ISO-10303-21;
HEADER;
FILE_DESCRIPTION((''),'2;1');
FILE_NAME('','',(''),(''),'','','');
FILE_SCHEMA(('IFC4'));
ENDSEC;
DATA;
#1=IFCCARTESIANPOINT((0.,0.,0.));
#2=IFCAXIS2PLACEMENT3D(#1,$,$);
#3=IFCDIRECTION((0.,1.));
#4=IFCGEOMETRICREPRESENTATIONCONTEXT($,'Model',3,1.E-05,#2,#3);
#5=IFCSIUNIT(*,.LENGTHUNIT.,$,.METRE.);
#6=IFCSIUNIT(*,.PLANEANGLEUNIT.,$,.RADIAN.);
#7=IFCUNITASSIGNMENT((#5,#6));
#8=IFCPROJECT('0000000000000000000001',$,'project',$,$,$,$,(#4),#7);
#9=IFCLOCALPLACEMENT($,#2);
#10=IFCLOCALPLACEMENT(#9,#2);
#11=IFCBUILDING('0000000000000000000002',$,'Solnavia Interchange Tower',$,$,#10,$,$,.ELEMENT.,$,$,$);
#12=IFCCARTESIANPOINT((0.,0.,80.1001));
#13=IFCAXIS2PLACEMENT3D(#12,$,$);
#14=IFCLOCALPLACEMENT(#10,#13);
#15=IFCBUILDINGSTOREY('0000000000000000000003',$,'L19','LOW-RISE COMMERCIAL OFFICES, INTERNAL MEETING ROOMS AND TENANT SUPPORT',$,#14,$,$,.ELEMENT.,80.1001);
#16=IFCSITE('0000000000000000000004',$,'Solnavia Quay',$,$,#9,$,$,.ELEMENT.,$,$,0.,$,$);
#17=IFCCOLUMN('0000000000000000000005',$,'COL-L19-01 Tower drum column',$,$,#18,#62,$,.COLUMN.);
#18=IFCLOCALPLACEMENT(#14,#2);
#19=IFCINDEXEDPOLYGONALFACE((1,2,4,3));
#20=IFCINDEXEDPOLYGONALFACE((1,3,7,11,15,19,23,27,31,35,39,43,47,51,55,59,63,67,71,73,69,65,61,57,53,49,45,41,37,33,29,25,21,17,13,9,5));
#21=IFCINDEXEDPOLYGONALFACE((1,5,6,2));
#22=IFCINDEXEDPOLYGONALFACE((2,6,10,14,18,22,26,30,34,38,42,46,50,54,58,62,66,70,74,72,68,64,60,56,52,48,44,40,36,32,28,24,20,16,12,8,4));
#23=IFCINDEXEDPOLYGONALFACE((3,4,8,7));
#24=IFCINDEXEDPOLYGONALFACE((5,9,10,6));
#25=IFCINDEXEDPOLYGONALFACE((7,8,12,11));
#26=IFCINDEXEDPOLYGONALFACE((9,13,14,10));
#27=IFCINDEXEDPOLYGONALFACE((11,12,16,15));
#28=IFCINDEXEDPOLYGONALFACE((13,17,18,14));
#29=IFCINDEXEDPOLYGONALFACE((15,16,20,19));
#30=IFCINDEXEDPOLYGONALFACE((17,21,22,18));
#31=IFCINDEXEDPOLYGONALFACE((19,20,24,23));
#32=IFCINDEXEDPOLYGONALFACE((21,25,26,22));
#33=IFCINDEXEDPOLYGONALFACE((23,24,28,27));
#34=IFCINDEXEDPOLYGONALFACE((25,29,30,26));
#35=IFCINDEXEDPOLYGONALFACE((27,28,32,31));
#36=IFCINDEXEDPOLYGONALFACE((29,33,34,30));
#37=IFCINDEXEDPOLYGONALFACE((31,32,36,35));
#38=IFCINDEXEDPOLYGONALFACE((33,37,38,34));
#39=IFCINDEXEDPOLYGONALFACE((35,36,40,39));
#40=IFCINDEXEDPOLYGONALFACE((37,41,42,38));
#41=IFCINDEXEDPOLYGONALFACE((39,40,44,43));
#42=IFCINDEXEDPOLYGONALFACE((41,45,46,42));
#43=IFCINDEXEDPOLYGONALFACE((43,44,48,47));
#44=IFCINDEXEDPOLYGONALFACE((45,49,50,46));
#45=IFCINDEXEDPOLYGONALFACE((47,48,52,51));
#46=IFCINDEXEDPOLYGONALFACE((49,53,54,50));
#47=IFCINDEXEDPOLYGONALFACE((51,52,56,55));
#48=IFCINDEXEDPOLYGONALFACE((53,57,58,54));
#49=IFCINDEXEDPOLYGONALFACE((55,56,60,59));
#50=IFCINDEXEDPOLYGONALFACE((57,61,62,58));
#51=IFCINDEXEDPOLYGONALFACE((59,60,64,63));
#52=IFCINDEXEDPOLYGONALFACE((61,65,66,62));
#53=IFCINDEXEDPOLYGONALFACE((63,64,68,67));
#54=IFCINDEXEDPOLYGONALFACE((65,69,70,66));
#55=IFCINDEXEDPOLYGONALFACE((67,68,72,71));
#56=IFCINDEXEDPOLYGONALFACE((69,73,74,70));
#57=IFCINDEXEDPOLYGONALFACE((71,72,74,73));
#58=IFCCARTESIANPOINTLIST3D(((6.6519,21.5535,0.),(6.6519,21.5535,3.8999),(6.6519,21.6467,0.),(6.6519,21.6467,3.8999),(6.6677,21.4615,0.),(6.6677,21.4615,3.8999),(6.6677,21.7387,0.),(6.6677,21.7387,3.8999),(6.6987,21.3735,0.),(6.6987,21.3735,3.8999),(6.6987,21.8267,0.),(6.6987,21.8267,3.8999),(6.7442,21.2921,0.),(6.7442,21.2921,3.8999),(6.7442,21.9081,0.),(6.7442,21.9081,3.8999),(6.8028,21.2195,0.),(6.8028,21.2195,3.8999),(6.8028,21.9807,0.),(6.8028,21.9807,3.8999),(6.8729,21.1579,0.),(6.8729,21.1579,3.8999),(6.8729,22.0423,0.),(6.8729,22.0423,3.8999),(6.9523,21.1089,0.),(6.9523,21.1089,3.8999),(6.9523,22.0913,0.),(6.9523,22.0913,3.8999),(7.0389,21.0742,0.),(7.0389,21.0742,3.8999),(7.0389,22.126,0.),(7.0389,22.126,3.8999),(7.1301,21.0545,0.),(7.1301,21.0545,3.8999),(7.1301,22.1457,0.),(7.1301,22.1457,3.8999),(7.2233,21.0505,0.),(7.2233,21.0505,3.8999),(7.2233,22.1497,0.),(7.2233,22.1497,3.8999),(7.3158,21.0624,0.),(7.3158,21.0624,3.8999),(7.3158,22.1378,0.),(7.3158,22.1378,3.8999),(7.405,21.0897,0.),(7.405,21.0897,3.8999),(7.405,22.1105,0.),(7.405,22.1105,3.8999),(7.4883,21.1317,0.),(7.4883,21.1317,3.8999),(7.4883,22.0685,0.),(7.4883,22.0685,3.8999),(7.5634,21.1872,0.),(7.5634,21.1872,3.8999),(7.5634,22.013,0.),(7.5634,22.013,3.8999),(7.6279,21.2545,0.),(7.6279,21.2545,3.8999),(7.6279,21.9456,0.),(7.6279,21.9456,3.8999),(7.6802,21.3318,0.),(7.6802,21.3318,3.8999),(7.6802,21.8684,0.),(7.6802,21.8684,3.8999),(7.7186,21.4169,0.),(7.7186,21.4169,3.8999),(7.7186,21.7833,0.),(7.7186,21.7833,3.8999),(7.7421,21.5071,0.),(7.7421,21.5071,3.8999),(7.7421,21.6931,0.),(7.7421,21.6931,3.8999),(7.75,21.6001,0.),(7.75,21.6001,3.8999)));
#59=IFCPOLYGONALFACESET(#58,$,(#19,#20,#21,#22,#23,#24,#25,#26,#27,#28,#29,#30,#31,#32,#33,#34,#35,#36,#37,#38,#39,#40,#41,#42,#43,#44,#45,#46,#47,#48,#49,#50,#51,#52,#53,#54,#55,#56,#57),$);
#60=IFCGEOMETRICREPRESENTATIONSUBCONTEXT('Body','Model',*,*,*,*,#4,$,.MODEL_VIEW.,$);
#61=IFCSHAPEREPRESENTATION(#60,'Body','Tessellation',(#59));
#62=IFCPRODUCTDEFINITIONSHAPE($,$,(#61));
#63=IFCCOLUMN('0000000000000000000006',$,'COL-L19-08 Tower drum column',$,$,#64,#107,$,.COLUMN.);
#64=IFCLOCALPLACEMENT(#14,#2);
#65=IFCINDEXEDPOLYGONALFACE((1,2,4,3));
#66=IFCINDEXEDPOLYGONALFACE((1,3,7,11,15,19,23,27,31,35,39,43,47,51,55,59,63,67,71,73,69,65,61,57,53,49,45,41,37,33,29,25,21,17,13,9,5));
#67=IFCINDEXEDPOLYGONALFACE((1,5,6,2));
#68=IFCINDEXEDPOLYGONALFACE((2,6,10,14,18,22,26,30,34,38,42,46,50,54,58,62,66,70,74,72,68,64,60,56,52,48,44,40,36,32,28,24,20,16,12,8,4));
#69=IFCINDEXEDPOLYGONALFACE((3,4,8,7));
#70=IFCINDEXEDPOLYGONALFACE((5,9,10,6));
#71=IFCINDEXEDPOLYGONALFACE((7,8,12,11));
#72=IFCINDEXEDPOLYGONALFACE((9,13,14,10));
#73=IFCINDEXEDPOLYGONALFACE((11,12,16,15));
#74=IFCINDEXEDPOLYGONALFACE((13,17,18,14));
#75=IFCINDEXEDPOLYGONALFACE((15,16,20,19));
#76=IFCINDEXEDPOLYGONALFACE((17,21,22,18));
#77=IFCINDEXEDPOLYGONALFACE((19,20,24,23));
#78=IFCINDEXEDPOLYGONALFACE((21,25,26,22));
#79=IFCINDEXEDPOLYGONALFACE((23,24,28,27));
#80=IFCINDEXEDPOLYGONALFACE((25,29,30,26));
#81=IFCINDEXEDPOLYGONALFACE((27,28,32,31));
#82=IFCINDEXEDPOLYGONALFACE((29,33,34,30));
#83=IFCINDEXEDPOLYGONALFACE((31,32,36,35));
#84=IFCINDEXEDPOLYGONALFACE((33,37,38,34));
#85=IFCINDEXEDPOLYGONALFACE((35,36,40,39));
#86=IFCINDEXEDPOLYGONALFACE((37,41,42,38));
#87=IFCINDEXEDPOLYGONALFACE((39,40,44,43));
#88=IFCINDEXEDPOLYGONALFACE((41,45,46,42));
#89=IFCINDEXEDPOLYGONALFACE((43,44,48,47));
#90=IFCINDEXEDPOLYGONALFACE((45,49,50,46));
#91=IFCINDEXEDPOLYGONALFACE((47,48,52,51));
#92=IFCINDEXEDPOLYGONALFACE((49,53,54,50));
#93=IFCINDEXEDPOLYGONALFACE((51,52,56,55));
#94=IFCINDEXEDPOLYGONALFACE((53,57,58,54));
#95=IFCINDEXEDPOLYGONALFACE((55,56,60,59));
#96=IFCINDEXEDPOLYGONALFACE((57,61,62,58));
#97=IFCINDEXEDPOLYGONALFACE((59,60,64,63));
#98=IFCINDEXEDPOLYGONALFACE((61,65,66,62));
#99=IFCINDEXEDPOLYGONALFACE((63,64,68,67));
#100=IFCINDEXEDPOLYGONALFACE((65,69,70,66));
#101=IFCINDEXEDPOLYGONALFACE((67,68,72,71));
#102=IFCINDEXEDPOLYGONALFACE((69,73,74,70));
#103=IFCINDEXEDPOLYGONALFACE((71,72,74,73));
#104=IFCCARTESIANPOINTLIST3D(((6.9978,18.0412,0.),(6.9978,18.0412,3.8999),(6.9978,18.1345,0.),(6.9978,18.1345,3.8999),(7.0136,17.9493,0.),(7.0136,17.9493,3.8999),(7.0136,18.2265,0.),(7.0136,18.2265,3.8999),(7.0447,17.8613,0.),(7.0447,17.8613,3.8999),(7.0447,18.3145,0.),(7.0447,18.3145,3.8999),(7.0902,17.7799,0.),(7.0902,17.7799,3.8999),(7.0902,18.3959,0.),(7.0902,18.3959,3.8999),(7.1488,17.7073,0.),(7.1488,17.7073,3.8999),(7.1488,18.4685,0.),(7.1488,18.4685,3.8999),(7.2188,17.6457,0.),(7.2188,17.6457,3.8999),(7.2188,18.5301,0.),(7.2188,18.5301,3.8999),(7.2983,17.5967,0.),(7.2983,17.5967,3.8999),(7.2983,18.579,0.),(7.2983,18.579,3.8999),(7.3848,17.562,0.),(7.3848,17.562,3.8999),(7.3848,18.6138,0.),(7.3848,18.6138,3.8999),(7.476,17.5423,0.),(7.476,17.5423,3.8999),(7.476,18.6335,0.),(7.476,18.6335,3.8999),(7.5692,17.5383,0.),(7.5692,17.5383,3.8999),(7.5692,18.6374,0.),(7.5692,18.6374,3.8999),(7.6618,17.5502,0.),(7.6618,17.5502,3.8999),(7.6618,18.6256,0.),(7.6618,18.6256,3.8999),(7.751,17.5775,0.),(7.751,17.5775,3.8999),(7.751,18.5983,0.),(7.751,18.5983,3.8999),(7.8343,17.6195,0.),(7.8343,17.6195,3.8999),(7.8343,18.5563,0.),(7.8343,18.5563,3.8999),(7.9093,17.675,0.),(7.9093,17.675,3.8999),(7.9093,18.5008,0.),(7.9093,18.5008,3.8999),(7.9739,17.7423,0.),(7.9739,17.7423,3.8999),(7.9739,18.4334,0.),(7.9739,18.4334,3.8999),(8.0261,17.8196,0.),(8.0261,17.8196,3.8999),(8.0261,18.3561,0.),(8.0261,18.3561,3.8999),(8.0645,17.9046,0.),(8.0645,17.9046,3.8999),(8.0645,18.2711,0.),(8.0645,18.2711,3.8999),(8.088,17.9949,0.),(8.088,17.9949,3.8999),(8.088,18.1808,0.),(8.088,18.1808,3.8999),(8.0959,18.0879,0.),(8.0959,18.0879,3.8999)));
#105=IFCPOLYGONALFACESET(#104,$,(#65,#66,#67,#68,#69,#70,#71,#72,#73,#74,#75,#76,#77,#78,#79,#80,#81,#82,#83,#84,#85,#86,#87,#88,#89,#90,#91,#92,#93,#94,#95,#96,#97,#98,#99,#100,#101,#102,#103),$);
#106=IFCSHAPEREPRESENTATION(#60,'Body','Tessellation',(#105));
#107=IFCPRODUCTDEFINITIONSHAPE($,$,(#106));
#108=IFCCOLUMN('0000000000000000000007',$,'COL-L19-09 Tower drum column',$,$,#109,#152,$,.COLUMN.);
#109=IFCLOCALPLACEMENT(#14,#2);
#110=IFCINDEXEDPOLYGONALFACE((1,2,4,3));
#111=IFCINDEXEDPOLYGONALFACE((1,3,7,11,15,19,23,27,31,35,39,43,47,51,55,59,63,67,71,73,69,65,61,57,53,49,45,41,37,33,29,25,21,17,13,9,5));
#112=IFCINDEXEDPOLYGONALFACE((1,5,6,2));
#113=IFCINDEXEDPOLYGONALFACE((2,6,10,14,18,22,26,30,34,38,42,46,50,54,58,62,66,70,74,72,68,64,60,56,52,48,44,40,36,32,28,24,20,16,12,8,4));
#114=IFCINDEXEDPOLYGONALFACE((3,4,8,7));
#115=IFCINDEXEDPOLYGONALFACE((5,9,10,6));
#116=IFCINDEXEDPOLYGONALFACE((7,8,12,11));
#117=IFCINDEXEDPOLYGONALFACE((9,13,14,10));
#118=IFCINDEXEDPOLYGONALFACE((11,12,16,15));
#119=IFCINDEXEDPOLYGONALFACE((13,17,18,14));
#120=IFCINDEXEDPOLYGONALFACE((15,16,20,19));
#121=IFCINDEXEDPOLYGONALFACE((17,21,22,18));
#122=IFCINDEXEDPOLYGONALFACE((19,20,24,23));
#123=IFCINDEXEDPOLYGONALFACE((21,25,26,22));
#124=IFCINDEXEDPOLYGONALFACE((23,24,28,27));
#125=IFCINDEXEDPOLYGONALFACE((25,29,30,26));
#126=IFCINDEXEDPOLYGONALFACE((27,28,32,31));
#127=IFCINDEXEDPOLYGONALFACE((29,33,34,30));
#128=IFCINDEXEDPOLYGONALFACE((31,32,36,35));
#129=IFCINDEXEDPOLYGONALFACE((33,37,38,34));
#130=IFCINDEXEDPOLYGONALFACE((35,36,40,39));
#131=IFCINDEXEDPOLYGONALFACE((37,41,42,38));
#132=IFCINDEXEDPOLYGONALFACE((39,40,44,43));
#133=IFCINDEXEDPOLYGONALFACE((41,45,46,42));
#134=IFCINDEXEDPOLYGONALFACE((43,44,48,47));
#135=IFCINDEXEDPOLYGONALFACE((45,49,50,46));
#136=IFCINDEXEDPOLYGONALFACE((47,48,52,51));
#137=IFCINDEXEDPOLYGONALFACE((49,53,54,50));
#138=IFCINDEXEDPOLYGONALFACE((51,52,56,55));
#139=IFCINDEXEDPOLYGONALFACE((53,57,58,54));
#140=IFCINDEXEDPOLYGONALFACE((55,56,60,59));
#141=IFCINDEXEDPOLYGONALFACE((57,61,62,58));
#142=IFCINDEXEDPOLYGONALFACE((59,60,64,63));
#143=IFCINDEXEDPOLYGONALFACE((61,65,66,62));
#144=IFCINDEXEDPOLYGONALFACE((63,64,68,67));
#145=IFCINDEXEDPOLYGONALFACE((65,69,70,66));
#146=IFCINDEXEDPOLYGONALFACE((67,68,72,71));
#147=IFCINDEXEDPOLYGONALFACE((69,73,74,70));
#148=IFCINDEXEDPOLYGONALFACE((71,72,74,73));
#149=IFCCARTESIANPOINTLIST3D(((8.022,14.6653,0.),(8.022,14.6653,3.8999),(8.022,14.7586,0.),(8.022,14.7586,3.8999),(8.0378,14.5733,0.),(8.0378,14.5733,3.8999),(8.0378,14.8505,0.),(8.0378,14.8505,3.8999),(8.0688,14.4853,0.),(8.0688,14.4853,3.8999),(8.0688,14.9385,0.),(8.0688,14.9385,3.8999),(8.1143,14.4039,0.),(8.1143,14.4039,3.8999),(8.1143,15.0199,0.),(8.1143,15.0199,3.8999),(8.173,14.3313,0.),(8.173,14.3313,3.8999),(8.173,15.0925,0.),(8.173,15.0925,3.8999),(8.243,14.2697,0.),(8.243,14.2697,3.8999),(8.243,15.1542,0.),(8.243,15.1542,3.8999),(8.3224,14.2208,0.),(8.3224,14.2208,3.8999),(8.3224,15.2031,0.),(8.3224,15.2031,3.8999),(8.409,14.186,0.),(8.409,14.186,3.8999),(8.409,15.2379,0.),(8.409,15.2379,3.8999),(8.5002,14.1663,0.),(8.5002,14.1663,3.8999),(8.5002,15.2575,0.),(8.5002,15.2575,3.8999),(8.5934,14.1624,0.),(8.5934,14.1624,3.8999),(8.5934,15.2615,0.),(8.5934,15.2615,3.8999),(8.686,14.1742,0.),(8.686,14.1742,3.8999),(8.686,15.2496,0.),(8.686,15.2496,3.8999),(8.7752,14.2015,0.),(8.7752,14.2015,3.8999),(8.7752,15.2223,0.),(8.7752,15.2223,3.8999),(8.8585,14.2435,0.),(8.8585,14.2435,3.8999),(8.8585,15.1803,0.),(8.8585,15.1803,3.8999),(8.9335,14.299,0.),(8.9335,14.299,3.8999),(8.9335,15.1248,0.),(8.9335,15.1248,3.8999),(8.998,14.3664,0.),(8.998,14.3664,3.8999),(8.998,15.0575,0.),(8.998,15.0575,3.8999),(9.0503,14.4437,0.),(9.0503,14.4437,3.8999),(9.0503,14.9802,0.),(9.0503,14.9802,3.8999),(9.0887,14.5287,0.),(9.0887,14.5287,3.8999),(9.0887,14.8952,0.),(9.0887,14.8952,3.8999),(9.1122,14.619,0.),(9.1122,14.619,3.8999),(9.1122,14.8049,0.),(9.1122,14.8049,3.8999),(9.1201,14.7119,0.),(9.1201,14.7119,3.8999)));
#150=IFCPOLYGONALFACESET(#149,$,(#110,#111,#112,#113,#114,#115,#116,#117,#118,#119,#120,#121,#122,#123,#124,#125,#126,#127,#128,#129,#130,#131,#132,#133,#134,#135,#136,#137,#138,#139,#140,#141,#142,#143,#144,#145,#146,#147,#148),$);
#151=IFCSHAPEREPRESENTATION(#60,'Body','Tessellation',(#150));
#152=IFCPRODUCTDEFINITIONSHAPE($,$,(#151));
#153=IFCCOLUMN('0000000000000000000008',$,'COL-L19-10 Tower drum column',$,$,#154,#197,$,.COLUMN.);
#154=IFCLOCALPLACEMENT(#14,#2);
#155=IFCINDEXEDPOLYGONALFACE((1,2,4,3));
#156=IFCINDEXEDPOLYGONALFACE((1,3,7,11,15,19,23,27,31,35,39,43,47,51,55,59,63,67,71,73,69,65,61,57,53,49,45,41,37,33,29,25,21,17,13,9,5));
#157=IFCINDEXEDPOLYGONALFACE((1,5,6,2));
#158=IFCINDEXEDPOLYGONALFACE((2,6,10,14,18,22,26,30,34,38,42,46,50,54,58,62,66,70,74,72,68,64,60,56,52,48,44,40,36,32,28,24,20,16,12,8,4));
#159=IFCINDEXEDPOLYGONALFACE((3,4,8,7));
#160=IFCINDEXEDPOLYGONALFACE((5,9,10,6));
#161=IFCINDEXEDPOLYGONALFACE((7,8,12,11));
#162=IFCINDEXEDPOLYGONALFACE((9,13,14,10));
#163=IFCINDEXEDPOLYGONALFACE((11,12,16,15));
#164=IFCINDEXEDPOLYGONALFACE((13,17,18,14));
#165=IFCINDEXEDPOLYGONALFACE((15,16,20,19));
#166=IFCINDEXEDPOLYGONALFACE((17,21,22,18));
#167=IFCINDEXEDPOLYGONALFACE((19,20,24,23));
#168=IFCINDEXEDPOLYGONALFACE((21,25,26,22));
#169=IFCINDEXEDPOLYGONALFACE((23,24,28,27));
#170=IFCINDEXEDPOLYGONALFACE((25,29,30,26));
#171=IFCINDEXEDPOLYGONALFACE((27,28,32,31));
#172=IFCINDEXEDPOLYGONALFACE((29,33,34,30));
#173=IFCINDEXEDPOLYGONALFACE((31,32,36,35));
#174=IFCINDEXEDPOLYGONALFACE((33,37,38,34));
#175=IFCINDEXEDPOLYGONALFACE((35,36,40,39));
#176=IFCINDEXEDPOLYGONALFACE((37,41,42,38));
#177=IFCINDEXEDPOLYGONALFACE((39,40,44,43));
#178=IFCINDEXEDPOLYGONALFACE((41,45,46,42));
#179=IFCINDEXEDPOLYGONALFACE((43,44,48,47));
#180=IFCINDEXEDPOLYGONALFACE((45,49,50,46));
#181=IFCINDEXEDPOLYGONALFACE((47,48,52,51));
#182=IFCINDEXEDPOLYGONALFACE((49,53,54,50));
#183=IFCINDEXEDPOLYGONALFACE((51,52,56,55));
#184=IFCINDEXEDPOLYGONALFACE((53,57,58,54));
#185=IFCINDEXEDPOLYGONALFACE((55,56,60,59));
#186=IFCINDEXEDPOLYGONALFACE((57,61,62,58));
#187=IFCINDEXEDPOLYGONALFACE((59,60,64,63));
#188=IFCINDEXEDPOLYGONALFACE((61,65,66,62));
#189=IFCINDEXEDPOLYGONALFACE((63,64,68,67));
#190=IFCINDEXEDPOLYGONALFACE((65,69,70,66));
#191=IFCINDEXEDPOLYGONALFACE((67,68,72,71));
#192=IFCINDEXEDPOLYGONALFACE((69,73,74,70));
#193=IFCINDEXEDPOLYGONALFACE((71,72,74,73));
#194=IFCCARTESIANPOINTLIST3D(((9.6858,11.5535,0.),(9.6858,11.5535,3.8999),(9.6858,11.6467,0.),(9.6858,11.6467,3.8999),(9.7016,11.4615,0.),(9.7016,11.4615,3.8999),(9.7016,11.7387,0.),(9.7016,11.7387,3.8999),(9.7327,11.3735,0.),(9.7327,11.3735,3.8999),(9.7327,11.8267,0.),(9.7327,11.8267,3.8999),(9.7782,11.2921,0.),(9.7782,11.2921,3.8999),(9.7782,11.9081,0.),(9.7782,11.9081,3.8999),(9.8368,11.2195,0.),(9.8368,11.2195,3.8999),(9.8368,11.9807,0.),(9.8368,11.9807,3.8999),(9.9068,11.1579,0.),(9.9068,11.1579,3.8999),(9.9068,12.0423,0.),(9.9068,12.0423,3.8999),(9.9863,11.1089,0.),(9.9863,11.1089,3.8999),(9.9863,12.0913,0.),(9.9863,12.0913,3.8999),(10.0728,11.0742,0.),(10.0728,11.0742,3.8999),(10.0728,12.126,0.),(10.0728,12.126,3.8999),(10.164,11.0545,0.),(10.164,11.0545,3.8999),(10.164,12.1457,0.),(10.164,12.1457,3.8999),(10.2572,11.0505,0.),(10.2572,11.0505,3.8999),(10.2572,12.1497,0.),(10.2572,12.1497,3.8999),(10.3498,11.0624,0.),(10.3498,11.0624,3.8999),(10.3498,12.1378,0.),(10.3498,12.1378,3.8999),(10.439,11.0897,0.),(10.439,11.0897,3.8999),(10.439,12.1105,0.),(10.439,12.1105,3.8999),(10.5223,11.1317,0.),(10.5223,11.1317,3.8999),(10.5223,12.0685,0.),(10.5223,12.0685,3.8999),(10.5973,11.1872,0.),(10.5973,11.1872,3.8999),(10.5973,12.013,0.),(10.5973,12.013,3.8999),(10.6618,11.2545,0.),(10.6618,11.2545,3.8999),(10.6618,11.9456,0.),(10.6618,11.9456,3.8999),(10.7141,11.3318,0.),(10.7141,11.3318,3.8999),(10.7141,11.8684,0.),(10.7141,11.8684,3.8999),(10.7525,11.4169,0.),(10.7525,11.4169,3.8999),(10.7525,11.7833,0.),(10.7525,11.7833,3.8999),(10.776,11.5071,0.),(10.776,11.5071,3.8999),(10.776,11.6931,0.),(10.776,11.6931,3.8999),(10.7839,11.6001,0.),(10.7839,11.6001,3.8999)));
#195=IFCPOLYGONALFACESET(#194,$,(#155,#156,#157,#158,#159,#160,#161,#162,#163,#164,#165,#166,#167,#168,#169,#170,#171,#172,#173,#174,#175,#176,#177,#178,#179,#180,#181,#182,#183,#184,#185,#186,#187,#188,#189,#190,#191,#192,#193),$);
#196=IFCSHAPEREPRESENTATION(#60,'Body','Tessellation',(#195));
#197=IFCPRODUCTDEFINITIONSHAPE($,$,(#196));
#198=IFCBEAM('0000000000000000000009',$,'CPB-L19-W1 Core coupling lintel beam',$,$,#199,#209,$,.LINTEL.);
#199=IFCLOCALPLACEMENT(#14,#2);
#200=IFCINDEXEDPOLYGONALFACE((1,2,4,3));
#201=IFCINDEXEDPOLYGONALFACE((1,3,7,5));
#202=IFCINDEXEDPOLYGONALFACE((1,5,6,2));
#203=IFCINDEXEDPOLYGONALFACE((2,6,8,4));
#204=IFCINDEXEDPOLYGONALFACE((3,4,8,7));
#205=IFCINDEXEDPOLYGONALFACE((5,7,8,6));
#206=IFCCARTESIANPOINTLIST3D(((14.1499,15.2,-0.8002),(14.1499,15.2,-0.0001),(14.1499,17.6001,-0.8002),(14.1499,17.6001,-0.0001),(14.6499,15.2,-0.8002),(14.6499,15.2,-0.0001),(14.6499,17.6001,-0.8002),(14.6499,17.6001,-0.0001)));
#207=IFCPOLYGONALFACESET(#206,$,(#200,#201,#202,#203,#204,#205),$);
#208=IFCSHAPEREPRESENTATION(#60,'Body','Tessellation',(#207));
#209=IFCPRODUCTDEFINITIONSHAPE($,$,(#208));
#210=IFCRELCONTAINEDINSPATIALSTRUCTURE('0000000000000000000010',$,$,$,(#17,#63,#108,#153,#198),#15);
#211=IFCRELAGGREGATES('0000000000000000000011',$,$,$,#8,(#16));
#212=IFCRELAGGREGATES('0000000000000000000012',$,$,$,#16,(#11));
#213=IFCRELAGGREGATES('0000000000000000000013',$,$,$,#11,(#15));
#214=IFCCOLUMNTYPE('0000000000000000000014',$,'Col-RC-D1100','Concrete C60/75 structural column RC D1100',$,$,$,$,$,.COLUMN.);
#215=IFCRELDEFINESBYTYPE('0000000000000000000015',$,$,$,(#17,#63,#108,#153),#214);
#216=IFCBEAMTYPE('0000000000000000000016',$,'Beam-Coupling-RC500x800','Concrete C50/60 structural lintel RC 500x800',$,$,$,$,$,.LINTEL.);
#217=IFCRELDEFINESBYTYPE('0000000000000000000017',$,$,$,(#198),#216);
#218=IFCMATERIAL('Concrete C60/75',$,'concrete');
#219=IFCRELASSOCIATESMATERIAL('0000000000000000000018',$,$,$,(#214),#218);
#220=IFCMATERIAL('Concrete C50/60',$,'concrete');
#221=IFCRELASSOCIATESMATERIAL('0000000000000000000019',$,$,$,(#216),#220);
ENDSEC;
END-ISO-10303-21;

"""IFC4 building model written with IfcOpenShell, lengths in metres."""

from ifc_helpers import new_model, si_unit, direction, frame, origin, origin_2d, place, context, subcontext, project, spatial, rectangle, circle, extrude, material, material_profile, profile_set, type_object, element, save


model = new_model("IFC4")

# Units and contexts
model_context = context("Model", 3, precision=1e-05, world=origin(), true_north=direction((0.0, 1.0)))
body_context = subcontext(model_context, "Body", "Model", "MODEL_VIEW")
ifc_project = project(units=[si_unit("LENGTHUNIT", "METRE"), si_unit("PLANEANGLEUNIT", "RADIAN")], contexts=[model_context])

# Site, building, storey
site_placement = place(None, origin())
site = spatial("IfcSite", under=ifc_project, at=site_placement, Name="Solnavia Quay", CompositionType="ELEMENT", RefElevation=0.0)
building_placement = place(site_placement, origin())
building = spatial("IfcBuilding", under=site, at=building_placement, Name="Solnavia Interchange Tower", CompositionType="ELEMENT")
storey_placement = place(building_placement, frame((0.0, 0.0, 80.1001)))
storey = spatial("IfcBuildingStorey", under=building, at=storey_placement, Name="L19", Description="LOW-RISE COMMERCIAL OFFICES, INTERNAL MEETING ROOMS AND TENANT SUPPORT", CompositionType="ELEMENT", Elevation=80.1001)

# Columns
ifc_material_1 = material(Name="Concrete C60/75", Category="concrete")
ifc_material_profile_1 = material_profile(ifc_material_1, circle(Radius=0.55, at=origin_2d()), Name="RC D1100")
ifc_profile_set_1 = profile_set([ifc_material_profile_1], Name="Concrete C60/75")
column_type = type_object("IfcColumnType", Name="Col-RC-D1100", Description="Concrete C60/75 structural column RC D1100", PredefinedType="COLUMN", material=ifc_profile_set_1)
for number, where, z_axis, x_axis, name in (
    (1, (7.2, 21.6001, 0.0), (0.0, 0.0, 1.0), (1.0, 0.0, 0.0), "COL-L19-01 Tower drum column"),
    (2, (7.5459, 18.0879, 0.0), (0.0, 0.0, 1.0), (1.0, 0.0, 0.0), "COL-L19-08 Tower drum column"),
    (3, (8.5701, 14.7119, 0.0), (0.0, 0.0, 1.0), (1.0, 0.0, 0.0), "COL-L19-09 Tower drum column"),
    (4, (10.2339, 11.6001, 0.0), (0.0, 0.0, 1.0), (1.0, 0.0, 0.0), "COL-L19-10 Tower drum column"),
):
    element("IfcColumn", number, at=place(storey_placement, frame(where, z_axis=z_axis, x_axis=x_axis)), inside=storey, type_object=column_type, Name=name, PredefinedType="COLUMN", context=body_context, shape_type="SweptSolid", body=[
        extrude(circle(Radius=0.55, at=origin_2d()), origin(), (0.0, 0.0, 1.0), 3.8999),
    ])

# Beam
ifc_material_2 = material(Name="Concrete C50/60", Category="concrete")
ifc_material_profile_2 = material_profile(ifc_material_2, rectangle(XDim=0.5, YDim=0.8, at=origin_2d()), Name="RC 500x800")
ifc_profile_set_2 = profile_set([ifc_material_profile_2], Name="Concrete C50/60")
beam_type_1 = type_object("IfcBeamType", Name="Beam-Coupling-RC500x800", Description="Concrete C50/60 structural lintel RC 500x800", PredefinedType="LINTEL", material=ifc_profile_set_2)
beam_1_placement = place(storey_placement, frame((14.3999, 15.2, -0.4001), z_axis=(0.0, 1.0, 0.0), x_axis=(-1.0, 0.0, 0.0)))
element("IfcBeam", 5, at=beam_1_placement, inside=storey, type_object=beam_type_1, Name="CPB-L19-W1 Core coupling lintel beam", PredefinedType="LINTEL", context=body_context, shape_type="SweptSolid", body=[
    extrude(rectangle(XDim=0.5, YDim=0.8, at=origin_2d()), origin(), (0.0, 0.0, 1.0), 2.4001),
])

save(model, "model.ifc")
